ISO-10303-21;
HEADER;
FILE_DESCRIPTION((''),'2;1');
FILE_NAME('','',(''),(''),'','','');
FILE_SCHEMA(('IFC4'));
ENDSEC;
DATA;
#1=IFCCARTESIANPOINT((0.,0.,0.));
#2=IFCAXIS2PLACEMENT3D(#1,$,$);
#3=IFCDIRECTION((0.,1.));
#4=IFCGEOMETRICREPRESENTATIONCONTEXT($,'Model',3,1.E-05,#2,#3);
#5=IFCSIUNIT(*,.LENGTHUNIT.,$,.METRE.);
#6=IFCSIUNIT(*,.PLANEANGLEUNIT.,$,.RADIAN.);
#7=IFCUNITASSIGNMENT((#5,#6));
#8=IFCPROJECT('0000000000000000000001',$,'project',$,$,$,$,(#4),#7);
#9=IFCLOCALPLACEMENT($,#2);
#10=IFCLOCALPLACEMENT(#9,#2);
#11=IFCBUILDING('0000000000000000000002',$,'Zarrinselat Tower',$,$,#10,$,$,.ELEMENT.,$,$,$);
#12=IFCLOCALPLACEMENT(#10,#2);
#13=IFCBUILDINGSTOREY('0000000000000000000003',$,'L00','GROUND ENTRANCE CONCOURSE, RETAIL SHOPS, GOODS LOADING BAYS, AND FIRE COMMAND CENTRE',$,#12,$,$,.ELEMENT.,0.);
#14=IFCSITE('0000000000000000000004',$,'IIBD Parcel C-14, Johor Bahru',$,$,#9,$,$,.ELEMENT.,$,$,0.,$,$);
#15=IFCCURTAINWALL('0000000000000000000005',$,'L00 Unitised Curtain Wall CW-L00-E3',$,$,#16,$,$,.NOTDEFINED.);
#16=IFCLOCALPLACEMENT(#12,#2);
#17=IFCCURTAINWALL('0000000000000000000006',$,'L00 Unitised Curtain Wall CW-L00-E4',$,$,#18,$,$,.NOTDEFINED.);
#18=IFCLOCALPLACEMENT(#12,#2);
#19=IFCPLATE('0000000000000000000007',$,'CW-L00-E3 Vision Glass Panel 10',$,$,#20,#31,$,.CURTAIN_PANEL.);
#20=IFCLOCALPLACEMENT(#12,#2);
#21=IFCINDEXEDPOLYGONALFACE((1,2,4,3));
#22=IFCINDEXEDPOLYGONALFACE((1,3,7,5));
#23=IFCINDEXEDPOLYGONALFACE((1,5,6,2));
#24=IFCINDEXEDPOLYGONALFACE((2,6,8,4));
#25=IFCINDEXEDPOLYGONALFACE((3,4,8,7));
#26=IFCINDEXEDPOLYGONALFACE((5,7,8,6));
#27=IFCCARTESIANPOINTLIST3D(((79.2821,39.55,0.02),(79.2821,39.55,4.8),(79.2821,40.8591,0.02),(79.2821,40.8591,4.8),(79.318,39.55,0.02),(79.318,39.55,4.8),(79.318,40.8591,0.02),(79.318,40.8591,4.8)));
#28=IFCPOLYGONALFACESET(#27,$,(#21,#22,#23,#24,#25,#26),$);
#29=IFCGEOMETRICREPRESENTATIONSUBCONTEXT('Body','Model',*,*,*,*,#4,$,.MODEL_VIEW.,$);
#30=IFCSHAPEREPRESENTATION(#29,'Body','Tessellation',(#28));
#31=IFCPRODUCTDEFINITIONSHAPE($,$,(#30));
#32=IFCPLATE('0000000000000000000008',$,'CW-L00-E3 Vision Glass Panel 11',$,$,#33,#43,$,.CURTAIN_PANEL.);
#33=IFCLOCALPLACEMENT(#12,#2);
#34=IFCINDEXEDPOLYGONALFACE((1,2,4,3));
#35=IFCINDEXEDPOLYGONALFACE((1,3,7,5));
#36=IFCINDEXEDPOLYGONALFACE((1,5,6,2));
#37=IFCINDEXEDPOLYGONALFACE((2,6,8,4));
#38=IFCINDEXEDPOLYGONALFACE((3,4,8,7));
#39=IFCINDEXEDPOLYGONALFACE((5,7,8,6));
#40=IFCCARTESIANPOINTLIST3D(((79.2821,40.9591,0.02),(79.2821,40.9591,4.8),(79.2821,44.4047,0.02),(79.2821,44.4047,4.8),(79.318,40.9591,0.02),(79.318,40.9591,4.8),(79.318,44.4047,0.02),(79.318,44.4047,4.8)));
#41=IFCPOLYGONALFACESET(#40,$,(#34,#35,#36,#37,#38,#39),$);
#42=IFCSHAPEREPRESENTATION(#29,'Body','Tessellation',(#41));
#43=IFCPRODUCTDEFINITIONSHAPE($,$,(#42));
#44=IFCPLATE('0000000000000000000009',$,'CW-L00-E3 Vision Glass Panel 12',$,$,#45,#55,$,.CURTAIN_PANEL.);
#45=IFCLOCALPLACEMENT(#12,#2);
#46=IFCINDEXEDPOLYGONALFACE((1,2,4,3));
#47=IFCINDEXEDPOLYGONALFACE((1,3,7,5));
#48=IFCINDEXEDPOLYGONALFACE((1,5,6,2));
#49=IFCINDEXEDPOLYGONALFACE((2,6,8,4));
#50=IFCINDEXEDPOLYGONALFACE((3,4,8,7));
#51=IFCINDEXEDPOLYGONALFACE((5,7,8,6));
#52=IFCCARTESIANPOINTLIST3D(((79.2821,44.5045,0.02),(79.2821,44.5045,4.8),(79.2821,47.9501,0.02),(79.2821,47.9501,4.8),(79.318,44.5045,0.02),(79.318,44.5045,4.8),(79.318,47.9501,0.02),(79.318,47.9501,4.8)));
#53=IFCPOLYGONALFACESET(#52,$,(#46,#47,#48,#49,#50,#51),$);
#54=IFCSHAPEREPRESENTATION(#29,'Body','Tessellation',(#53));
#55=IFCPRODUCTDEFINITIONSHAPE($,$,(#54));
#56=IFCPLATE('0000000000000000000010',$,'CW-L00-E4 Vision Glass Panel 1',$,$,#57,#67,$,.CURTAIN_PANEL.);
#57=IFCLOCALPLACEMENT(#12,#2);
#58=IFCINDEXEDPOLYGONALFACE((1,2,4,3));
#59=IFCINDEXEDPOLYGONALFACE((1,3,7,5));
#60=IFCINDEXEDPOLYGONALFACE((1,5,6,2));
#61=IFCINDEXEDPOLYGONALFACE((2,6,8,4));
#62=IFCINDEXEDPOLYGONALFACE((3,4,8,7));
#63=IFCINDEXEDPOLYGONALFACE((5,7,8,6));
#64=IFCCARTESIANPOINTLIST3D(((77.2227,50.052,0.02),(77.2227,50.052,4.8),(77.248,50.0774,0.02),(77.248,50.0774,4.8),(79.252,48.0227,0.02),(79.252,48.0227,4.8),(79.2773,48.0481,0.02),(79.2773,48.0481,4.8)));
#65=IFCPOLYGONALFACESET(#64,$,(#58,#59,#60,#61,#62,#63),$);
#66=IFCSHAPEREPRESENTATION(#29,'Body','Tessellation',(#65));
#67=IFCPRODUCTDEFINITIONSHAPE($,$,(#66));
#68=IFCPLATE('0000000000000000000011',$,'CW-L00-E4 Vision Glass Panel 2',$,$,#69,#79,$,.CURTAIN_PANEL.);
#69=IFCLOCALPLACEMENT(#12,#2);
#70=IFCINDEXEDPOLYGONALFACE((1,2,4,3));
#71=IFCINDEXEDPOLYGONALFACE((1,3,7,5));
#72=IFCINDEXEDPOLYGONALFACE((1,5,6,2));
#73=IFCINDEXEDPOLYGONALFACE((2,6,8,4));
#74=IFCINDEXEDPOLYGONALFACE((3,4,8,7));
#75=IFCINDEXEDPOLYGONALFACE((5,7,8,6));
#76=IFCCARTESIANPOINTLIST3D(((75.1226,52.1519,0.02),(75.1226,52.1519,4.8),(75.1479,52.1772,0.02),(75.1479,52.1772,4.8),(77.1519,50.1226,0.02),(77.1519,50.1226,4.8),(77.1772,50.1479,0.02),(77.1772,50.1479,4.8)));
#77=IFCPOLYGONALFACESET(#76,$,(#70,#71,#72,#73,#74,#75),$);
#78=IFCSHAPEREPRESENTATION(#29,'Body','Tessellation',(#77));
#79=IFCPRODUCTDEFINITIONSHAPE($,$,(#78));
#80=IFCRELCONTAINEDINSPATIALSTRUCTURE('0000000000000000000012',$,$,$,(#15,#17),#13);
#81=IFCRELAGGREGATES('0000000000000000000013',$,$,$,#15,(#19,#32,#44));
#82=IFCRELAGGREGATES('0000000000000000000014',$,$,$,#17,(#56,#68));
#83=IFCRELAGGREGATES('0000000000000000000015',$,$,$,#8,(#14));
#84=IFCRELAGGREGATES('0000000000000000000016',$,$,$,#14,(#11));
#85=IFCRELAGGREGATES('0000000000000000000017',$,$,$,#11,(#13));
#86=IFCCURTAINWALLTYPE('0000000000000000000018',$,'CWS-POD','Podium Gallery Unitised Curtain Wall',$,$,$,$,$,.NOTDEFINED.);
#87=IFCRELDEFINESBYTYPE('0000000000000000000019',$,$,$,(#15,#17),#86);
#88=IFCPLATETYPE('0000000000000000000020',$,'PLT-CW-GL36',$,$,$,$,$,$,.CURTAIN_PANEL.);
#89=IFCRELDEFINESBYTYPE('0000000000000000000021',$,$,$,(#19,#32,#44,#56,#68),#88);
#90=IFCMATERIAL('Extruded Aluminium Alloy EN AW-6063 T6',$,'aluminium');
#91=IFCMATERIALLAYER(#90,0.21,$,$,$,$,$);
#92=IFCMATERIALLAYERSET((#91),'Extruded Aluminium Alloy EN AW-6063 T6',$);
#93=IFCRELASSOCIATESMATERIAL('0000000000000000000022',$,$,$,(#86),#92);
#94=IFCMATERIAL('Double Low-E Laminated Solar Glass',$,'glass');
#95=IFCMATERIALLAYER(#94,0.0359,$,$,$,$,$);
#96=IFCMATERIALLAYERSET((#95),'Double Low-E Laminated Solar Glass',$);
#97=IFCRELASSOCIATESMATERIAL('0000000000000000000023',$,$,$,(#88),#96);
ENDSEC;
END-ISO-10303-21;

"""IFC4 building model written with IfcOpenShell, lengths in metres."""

from ifc_helpers import new_model, si_unit, direction, frame, origin, origin_2d, place, context, subcontext, project, spatial, rectangle, extrude, material, layer, layer_set, type_object, element, aggregate, save


model = new_model("IFC4")

# Units and contexts
model_context = context("Model", 3, precision=1e-05, world=origin(), true_north=direction((0.0, 1.0)))
body_context = subcontext(model_context, "Body", "Model", "MODEL_VIEW")
ifc_project = project(units=[si_unit("LENGTHUNIT", "METRE"), si_unit("PLANEANGLEUNIT", "RADIAN")], contexts=[model_context])

# Site, building, storey
site_placement = place(None, origin())
site = spatial("IfcSite", under=ifc_project, at=site_placement, Name="IIBD Parcel C-14, Johor Bahru", CompositionType="ELEMENT", RefElevation=0.0)
building_placement = place(site_placement, origin())
building = spatial("IfcBuilding", under=site, at=building_placement, Name="Zarrinselat Tower", CompositionType="ELEMENT")
storey_placement = place(building_placement, origin())
storey = spatial("IfcBuildingStorey", under=building, at=storey_placement, Name="L00", Description="GROUND ENTRANCE CONCOURSE, RETAIL SHOPS, GOODS LOADING BAYS, AND FIRE COMMAND CENTRE", CompositionType="ELEMENT", Elevation=0.0)

# Curtain walls
ifc_material_1 = material(Name="Extruded Aluminium Alloy EN AW-6063 T6", Category="aluminium")
ifc_layer_1 = layer(ifc_material_1, 0.21)
ifc_layer_set_1 = layer_set([ifc_layer_1], Name="Extruded Aluminium Alloy EN AW-6063 T6")
curtain_wall_type = type_object("IfcCurtainWallType", Name="CWS-POD", Description="Podium Gallery Unitised Curtain Wall", PredefinedType="NOTDEFINED", material=ifc_layer_set_1)
curtain_wall_1_placement = place(storey_placement, origin())
curtain_wall_1 = element("IfcCurtainWall", 1, at=curtain_wall_1_placement, inside=storey, type_object=curtain_wall_type, Name="L00 Unitised Curtain Wall CW-L00-E3", PredefinedType="NOTDEFINED")
curtain_wall_2_placement = place(storey_placement, origin())
curtain_wall_2 = element("IfcCurtainWall", 2, at=curtain_wall_2_placement, inside=storey, type_object=curtain_wall_type, Name="L00 Unitised Curtain Wall CW-L00-E4", PredefinedType="NOTDEFINED")

# Plates
ifc_material_2 = material(Name="Double Low-E Laminated Solar Glass", Category="glass")
ifc_layer_2 = layer(ifc_material_2, 0.0359)
ifc_layer_set_2 = layer_set([ifc_layer_2], Name="Double Low-E Laminated Solar Glass")
plate_type = type_object("IfcPlateType", Name="PLT-CW-GL36", PredefinedType="CURTAIN_PANEL", material=ifc_layer_set_2)
plate_1_placement = place(storey_placement, frame((79.3, 40.2046, 0.02), z_axis=(0.0, 0.0, 1.0), x_axis=(0.0, 1.0, 0.0)))
plate_1 = element("IfcPlate", 3, at=plate_1_placement, type_object=plate_type, Name="CW-L00-E3 Vision Glass Panel 10", PredefinedType="CURTAIN_PANEL", context=body_context, shape_type="SweptSolid", body=[
    extrude(rectangle(XDim=1.3091, YDim=0.0359, at=origin_2d()), origin(), (0.0, 0.0, 1.0), 4.78),
])
plate_2_placement = place(storey_placement, frame((79.3, 42.6819, 0.02), z_axis=(0.0, 0.0, 1.0), x_axis=(0.0, 1.0, 0.0)))
plate_2 = element("IfcPlate", 4, at=plate_2_placement, type_object=plate_type, Name="CW-L00-E3 Vision Glass Panel 11", PredefinedType="CURTAIN_PANEL", context=body_context, shape_type="SweptSolid", body=[
    extrude(rectangle(XDim=3.4456, YDim=0.0359, at=origin_2d()), origin(), (0.0, 0.0, 1.0), 4.78),
])
plate_3_placement = place(storey_placement, frame((79.3, 46.2273, 0.02), z_axis=(0.0, 0.0, 1.0), x_axis=(0.0, 1.0, 0.0)))
plate_3 = element("IfcPlate", 5, at=plate_3_placement, type_object=plate_type, Name="CW-L00-E3 Vision Glass Panel 12", PredefinedType="CURTAIN_PANEL", context=body_context, shape_type="SweptSolid", body=[
    extrude(rectangle(XDim=3.4456, YDim=0.0359, at=origin_2d()), origin(), (0.0, 0.0, 1.0), 4.78),
])
aggregate(curtain_wall_1, [plate_1, plate_2, plate_3])
plate_4_placement = place(storey_placement, frame((78.25, 49.05, 0.02), z_axis=(0.0, 0.0, 1.0), x_axis=(-0.707107, 0.707107, 0.0)))
plate_4 = element("IfcPlate", 6, at=plate_4_placement, type_object=plate_type, Name="CW-L00-E4 Vision Glass Panel 1", PredefinedType="CURTAIN_PANEL", context=body_context, shape_type="SweptSolid", body=[
    extrude(rectangle(XDim=2.8699, YDim=0.0359, at=origin_2d()), origin(), (0.0, 0.0, 1.0), 4.78),
])
plate_5_placement = place(storey_placement, frame((76.1499, 51.1499, 0.02), z_axis=(0.0, 0.0, 1.0), x_axis=(-0.707107, 0.707107, 0.0)))
plate_5 = element("IfcPlate", 7, at=plate_5_placement, type_object=plate_type, Name="CW-L00-E4 Vision Glass Panel 2", PredefinedType="CURTAIN_PANEL", context=body_context, shape_type="SweptSolid", body=[
    extrude(rectangle(XDim=2.8699, YDim=0.0359, at=origin_2d()), origin(), (0.0, 0.0, 1.0), 4.78),
])
aggregate(curtain_wall_2, [plate_4, plate_5])

save(model, "model.ifc")
